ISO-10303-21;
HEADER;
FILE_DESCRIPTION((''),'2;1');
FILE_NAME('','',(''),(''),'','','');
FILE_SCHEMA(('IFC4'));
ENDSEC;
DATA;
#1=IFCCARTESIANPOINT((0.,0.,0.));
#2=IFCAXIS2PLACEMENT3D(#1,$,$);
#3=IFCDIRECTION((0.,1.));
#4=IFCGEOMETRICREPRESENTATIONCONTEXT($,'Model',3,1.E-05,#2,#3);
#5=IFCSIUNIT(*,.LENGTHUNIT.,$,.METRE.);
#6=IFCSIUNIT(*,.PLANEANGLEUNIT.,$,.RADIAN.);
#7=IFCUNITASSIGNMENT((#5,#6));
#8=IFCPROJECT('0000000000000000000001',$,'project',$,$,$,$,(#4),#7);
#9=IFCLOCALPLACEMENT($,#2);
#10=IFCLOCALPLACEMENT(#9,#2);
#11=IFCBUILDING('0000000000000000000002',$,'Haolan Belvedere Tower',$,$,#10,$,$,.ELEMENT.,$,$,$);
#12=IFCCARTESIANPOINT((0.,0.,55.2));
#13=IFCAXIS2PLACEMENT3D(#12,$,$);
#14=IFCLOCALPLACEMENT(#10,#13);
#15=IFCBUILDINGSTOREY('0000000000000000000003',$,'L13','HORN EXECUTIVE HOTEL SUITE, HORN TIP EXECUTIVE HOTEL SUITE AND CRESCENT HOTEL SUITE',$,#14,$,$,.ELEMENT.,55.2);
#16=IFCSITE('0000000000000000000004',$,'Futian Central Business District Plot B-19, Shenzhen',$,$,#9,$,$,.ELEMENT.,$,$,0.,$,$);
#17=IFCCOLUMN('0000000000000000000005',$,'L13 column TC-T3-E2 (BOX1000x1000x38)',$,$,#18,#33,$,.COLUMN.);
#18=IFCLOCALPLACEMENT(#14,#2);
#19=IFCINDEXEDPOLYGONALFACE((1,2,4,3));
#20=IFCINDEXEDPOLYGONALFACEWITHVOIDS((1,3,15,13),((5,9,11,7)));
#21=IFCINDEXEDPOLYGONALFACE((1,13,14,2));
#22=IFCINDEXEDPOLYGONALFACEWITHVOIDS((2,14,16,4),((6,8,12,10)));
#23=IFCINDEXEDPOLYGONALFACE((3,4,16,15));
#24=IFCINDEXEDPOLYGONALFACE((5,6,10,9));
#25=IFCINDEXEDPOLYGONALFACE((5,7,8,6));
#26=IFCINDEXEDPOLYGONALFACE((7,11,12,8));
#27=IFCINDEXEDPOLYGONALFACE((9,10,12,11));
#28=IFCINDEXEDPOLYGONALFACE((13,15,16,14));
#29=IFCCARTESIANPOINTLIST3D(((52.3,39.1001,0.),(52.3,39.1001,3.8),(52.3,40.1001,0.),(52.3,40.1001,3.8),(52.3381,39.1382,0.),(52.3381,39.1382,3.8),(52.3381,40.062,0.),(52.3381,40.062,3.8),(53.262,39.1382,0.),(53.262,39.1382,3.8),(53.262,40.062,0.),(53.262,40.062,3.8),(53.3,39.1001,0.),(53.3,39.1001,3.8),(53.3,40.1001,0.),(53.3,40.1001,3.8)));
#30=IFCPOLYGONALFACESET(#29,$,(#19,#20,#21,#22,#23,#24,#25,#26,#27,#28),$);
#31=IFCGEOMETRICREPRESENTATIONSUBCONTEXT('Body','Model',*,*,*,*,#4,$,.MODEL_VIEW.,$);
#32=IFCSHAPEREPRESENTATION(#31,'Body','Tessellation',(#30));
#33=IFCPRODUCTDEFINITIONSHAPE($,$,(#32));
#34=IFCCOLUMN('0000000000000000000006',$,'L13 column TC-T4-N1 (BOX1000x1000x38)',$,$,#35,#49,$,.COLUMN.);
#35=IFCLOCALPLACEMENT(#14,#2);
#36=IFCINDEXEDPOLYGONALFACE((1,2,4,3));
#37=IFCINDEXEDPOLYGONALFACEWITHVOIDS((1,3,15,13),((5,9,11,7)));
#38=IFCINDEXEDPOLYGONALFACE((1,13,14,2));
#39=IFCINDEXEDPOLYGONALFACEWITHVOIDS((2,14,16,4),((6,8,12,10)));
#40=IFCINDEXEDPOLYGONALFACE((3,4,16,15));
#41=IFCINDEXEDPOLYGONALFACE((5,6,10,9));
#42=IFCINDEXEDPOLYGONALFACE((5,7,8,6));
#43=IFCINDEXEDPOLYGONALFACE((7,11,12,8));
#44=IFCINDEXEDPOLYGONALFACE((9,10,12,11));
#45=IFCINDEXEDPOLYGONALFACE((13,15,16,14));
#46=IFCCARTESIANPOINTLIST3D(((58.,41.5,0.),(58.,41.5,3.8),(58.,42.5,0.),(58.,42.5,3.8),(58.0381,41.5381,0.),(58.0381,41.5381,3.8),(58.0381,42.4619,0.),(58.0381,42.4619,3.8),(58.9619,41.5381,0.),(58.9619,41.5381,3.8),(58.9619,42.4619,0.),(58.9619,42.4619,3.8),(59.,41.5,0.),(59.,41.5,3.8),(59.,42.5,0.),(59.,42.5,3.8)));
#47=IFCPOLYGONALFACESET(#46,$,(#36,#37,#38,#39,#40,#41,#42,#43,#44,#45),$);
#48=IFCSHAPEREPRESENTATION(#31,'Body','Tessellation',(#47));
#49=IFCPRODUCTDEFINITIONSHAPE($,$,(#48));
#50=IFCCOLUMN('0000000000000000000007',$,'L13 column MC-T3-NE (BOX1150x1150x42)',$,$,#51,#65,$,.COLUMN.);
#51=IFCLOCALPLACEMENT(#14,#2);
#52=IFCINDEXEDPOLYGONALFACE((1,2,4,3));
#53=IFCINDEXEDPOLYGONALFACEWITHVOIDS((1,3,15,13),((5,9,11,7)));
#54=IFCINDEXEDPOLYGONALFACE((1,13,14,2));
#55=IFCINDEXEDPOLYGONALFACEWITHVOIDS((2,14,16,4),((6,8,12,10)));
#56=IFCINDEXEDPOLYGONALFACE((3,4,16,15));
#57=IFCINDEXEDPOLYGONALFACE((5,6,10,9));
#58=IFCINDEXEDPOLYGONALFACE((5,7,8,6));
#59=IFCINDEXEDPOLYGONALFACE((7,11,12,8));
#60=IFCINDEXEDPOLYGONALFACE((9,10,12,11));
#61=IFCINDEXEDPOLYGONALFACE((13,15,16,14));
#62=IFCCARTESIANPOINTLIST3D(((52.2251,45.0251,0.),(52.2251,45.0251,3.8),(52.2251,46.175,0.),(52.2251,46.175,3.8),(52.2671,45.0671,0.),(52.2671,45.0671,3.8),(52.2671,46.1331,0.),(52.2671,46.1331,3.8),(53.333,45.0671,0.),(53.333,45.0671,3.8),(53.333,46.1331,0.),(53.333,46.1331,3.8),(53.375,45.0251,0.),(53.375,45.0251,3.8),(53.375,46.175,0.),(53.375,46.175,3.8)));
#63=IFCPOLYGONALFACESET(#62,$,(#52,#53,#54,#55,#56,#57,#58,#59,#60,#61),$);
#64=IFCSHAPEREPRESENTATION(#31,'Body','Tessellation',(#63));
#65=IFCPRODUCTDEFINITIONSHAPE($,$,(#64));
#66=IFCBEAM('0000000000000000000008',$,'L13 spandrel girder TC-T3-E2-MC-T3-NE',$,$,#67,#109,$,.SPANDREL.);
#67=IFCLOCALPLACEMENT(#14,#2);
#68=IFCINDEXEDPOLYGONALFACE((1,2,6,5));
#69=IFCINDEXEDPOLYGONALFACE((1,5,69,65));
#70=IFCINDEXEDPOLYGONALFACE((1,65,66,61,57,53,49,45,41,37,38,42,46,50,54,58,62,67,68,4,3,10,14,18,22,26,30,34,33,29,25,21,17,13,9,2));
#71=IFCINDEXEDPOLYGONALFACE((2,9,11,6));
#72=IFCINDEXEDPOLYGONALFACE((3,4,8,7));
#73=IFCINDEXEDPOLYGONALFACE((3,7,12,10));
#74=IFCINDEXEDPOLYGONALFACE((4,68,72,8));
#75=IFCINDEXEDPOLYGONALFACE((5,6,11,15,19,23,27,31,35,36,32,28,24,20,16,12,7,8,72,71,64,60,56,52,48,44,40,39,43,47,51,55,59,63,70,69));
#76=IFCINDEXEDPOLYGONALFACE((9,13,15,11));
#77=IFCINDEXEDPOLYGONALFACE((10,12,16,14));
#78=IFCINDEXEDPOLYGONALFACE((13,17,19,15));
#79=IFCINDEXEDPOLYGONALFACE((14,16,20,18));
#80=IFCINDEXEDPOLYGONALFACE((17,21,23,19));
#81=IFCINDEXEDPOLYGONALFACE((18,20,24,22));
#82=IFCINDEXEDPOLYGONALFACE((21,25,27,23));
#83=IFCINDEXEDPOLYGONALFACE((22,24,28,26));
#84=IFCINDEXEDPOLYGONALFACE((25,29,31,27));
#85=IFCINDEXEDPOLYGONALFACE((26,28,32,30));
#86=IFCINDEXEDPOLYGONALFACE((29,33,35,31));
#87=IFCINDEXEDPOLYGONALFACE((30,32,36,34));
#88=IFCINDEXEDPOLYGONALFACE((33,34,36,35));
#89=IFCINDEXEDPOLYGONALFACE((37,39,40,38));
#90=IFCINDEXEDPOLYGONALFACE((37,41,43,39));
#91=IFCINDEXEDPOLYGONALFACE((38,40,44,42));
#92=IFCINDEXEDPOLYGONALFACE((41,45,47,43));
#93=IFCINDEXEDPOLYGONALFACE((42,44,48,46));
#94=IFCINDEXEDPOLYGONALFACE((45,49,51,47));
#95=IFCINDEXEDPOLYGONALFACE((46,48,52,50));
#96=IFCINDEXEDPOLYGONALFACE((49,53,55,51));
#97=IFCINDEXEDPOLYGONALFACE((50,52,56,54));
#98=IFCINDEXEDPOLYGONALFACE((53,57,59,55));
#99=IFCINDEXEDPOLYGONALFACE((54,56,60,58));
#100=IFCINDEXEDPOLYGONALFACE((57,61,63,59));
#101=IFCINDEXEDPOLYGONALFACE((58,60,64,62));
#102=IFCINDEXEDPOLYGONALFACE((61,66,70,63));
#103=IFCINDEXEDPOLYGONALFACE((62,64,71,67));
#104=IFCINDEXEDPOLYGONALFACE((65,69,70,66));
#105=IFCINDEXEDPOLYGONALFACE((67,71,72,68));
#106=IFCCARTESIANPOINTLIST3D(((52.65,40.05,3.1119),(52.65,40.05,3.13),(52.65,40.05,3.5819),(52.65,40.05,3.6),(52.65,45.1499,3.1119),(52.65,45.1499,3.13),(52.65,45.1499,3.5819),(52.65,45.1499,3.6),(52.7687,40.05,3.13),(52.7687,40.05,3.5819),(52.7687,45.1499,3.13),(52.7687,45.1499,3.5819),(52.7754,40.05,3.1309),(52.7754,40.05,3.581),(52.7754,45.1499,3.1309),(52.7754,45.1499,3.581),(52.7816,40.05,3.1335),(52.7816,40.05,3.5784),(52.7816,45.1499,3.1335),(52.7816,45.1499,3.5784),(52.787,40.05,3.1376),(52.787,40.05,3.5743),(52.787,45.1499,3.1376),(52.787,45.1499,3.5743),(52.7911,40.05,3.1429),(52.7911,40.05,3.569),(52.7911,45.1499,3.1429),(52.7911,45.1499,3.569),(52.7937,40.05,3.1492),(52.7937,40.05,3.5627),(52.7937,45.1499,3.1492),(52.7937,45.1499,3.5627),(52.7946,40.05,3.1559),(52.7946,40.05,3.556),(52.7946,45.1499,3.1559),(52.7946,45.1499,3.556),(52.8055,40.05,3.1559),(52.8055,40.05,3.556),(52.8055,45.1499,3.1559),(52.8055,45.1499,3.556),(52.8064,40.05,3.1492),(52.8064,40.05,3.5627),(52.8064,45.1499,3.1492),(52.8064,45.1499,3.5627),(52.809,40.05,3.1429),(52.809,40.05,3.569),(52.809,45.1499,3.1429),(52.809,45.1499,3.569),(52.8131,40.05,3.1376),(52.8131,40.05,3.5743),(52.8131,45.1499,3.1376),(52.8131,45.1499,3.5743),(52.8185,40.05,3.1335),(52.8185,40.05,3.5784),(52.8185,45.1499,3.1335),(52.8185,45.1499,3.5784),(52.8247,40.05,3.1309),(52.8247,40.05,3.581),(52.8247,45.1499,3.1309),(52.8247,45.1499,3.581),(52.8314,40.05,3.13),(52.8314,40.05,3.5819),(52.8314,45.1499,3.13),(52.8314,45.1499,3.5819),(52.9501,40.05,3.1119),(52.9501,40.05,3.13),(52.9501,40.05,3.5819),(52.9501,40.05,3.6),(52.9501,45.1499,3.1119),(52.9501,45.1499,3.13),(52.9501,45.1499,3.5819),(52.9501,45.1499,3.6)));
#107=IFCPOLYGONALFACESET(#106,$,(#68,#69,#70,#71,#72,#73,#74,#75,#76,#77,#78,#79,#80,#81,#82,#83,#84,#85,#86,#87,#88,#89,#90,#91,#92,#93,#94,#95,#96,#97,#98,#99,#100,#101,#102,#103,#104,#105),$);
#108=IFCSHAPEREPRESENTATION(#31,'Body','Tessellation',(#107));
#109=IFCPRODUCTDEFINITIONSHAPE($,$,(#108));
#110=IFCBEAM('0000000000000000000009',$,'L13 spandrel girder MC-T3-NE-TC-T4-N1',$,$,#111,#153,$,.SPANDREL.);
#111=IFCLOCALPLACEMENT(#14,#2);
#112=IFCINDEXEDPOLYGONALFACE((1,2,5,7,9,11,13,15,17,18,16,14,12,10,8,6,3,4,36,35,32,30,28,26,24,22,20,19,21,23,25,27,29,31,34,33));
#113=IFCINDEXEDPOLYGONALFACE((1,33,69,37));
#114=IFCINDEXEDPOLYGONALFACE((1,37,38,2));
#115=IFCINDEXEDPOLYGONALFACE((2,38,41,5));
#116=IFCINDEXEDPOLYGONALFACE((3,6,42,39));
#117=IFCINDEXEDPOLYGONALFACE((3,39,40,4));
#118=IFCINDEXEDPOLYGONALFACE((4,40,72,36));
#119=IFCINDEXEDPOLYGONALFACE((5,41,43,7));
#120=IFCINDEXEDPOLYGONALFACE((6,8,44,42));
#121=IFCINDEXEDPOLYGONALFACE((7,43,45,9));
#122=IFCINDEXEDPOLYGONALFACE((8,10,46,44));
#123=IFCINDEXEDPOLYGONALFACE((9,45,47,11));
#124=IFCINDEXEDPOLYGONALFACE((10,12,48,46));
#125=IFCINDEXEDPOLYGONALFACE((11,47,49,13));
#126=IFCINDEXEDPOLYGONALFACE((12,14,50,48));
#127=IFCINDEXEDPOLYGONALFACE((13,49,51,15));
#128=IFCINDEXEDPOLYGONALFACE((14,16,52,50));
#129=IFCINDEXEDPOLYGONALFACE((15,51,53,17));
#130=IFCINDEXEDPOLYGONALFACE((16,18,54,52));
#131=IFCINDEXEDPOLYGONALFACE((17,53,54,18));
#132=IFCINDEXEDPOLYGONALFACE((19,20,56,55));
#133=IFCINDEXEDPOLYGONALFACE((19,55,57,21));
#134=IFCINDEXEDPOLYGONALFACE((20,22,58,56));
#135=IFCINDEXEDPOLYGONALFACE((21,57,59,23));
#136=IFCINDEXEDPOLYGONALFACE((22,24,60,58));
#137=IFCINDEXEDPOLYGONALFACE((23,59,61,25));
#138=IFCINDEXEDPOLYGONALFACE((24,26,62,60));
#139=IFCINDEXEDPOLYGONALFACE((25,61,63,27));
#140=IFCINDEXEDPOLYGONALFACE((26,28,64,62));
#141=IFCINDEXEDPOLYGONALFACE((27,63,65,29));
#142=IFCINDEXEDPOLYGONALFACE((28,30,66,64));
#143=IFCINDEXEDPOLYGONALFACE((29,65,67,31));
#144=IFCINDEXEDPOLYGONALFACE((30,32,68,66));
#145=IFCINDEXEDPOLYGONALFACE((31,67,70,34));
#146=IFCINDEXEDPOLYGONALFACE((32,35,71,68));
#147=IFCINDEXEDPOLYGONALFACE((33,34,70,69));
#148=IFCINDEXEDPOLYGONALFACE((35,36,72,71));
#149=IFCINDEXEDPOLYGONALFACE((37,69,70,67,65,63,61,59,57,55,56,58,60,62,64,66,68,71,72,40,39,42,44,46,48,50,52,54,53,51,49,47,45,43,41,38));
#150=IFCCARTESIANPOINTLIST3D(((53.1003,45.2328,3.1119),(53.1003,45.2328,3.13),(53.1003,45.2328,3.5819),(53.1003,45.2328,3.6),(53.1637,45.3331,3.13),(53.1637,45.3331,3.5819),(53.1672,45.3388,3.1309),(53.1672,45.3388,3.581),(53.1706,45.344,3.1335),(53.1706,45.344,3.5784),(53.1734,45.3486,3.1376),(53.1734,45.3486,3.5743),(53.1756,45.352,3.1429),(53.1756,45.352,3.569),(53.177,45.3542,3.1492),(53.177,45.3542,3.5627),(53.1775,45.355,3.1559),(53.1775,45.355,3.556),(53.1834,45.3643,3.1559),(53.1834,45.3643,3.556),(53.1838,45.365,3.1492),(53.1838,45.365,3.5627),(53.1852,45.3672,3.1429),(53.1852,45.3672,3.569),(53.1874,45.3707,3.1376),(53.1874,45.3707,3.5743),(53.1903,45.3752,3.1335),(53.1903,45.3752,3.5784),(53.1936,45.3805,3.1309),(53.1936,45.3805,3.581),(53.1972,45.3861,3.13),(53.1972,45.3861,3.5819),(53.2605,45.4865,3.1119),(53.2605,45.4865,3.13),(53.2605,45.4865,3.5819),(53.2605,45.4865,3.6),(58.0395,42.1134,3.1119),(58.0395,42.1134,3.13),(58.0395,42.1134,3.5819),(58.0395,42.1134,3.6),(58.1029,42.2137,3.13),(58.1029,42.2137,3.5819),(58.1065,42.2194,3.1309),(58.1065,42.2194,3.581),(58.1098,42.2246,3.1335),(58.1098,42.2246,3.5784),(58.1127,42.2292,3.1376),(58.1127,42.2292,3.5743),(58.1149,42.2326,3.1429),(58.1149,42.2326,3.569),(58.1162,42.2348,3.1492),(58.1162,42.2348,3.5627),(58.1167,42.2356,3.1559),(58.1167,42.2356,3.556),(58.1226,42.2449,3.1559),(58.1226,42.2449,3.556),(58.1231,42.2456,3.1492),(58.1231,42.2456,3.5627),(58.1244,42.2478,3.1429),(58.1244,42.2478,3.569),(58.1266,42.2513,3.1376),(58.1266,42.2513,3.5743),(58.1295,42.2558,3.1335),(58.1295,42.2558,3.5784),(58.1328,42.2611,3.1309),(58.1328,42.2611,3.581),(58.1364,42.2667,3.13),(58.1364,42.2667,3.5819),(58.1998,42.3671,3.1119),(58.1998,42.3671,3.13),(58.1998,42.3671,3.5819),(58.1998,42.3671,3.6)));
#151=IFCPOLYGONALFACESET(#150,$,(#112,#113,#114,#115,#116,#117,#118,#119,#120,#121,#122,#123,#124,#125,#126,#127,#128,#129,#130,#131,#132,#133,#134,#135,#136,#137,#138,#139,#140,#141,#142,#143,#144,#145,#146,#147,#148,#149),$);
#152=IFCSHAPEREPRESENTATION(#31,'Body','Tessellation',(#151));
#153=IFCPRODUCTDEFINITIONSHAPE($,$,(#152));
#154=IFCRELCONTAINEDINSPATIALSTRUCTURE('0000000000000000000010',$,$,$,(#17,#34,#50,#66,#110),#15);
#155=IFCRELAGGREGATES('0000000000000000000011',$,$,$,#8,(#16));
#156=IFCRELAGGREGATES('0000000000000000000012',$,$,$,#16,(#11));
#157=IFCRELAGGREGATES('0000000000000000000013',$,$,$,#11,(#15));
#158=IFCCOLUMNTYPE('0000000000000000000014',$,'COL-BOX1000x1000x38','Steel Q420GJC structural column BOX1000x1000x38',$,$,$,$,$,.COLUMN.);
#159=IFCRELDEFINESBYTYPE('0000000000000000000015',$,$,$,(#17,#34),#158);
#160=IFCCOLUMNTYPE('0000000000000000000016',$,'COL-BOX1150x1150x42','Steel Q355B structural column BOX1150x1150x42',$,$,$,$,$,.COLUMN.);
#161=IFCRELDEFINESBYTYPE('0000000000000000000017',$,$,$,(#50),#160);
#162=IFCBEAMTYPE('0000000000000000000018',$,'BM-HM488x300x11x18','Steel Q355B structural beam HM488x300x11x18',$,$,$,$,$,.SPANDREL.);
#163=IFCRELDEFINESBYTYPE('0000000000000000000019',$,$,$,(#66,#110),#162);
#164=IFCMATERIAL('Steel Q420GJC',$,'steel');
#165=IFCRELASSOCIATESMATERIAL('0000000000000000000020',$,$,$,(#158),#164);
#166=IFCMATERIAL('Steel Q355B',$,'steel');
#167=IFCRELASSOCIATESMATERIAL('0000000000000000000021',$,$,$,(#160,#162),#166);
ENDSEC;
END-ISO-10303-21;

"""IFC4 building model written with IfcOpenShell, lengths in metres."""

from ifc_helpers import new_model, si_unit, direction, frame, origin, origin_2d, place, context, subcontext, project, spatial, hollow_rectangle, i_section, extrude, material, material_profile, profile_set, type_object, element, save


model = new_model("IFC4")

# Units and contexts
model_context = context("Model", 3, precision=1e-05, world=origin(), true_north=direction((0.0, 1.0)))
body_context = subcontext(model_context, "Body", "Model", "MODEL_VIEW")
ifc_project = project(units=[si_unit("LENGTHUNIT", "METRE"), si_unit("PLANEANGLEUNIT", "RADIAN")], contexts=[model_context])

# Site, building, storey
site_placement = place(None, origin())
site = spatial("IfcSite", under=ifc_project, at=site_placement, Name="Futian Central Business District Plot B-19, Shenzhen", CompositionType="ELEMENT", RefElevation=0.0)
building_placement = place(site_placement, origin())
building = spatial("IfcBuilding", under=site, at=building_placement, Name="Haolan Belvedere Tower", CompositionType="ELEMENT")
storey_placement = place(building_placement, frame((0.0, 0.0, 55.2)))
storey = spatial("IfcBuildingStorey", under=building, at=storey_placement, Name="L13", Description="HORN EXECUTIVE HOTEL SUITE, HORN TIP EXECUTIVE HOTEL SUITE AND CRESCENT HOTEL SUITE", CompositionType="ELEMENT", Elevation=55.2)

# Columns
ifc_material_1 = material(Name="Steel Q420GJC", Category="steel")
ifc_material_profile_1 = material_profile(ifc_material_1, hollow_rectangle(XDim=1.0, YDim=1.0, WallThickness=0.0381, at=origin_2d()), Name="Steel Q420GJC")
ifc_profile_set_1 = profile_set([ifc_material_profile_1], Name="Steel Q420GJC")
column_type_1 = type_object("IfcColumnType", Name="COL-BOX1000x1000x38", Description="Steel Q420GJC structural column BOX1000x1000x38", PredefinedType="COLUMN", material=ifc_profile_set_1)
for number, where, z_axis, x_axis, name in (
    (1, (52.8, 39.6001, 0.0), (0.0, 0.0, 1.0), (1.0, 0.0, 0.0), "L13 column TC-T3-E2 (BOX1000x1000x38)"),
    (2, (58.5, 42.0, 0.0), (0.0, 0.0, 1.0), (1.0, 0.0, 0.0), "L13 column TC-T4-N1 (BOX1000x1000x38)"),
):
    element("IfcColumn", number, at=place(storey_placement, frame(where, z_axis=z_axis, x_axis=x_axis)), inside=storey, type_object=column_type_1, Name=name, PredefinedType="COLUMN", context=body_context, shape_type="SweptSolid", body=[
        extrude(hollow_rectangle(XDim=1.0, YDim=1.0, WallThickness=0.0381, at=origin_2d()), origin(), (0.0, 0.0, 1.0), 3.8),
    ])
ifc_material_2 = material(Name="Steel Q355B", Category="steel")
ifc_material_profile_2 = material_profile(ifc_material_2, hollow_rectangle(XDim=1.1499, YDim=1.1499, WallThickness=0.042, at=origin_2d()), Name="Steel Q355B")
ifc_profile_set_2 = profile_set([ifc_material_profile_2], Name="Steel Q355B")
column_type_2 = type_object("IfcColumnType", Name="COL-BOX1150x1150x42", Description="Steel Q355B structural column BOX1150x1150x42", PredefinedType="COLUMN", material=ifc_profile_set_2)
column_placement = place(storey_placement, frame((52.8, 45.6001, 0.0), z_axis=(0.0, 0.0, 1.0), x_axis=(1.0, 0.0, 0.0)))
element("IfcColumn", 3, at=column_placement, inside=storey, type_object=column_type_2, Name="L13 column MC-T3-NE (BOX1150x1150x42)", PredefinedType="COLUMN", context=body_context, shape_type="SweptSolid", body=[
    extrude(hollow_rectangle(XDim=1.1499, YDim=1.1499, WallThickness=0.042, at=origin_2d()), origin(), (0.0, 0.0, 1.0), 3.8),
])

# Beams
ifc_material_profile_3 = material_profile(ifc_material_2, i_section(OverallWidth=0.3, OverallDepth=0.488, WebThickness=0.011, FlangeThickness=0.0181, FilletRadius=0.0259, at=origin_2d()), Name="Steel Q355B")
ifc_profile_set_3 = profile_set([ifc_material_profile_3], Name="Steel Q355B")
beam_type_1 = type_object("IfcBeamType", Name="BM-HM488x300x11x18", Description="Steel Q355B structural beam HM488x300x11x18", PredefinedType="SPANDREL", material=ifc_profile_set_3)
beam_1_placement = place(storey_placement, frame((52.8, 40.05, 3.356), z_axis=(0.0, 1.0, 0.0), x_axis=(-1.0, 0.0, 0.0)))
element("IfcBeam", 4, at=beam_1_placement, inside=storey, type_object=beam_type_1, Name="L13 spandrel girder TC-T3-E2-MC-T3-NE", PredefinedType="SPANDREL", context=body_context, shape_type="SweptSolid", body=[
    extrude(i_section(OverallWidth=0.3, OverallDepth=0.488, WebThickness=0.011, FlangeThickness=0.0181, FilletRadius=0.0259, at=origin_2d()), origin(), (0.0, 0.0, 1.0), 5.0999),
])
beam_2_placement = place(storey_placement, frame((53.1804, 45.3596, 3.356), z_axis=(0.845498, -0.533979, 0.0), x_axis=(0.533979, 0.845498, 0.0)))
element("IfcBeam", 5, at=beam_2_placement, inside=storey, type_object=beam_type_1, Name="L13 spandrel girder MC-T3-NE-TC-T4-N1", PredefinedType="SPANDREL", context=body_context, shape_type="SweptSolid", body=[
    extrude(i_section(OverallWidth=0.3, OverallDepth=0.488, WebThickness=0.011, FlangeThickness=0.0181, FilletRadius=0.0259, at=origin_2d()), origin(), (0.0, 0.0, 1.0), 5.8418),
])

save(model, "model.ifc")
